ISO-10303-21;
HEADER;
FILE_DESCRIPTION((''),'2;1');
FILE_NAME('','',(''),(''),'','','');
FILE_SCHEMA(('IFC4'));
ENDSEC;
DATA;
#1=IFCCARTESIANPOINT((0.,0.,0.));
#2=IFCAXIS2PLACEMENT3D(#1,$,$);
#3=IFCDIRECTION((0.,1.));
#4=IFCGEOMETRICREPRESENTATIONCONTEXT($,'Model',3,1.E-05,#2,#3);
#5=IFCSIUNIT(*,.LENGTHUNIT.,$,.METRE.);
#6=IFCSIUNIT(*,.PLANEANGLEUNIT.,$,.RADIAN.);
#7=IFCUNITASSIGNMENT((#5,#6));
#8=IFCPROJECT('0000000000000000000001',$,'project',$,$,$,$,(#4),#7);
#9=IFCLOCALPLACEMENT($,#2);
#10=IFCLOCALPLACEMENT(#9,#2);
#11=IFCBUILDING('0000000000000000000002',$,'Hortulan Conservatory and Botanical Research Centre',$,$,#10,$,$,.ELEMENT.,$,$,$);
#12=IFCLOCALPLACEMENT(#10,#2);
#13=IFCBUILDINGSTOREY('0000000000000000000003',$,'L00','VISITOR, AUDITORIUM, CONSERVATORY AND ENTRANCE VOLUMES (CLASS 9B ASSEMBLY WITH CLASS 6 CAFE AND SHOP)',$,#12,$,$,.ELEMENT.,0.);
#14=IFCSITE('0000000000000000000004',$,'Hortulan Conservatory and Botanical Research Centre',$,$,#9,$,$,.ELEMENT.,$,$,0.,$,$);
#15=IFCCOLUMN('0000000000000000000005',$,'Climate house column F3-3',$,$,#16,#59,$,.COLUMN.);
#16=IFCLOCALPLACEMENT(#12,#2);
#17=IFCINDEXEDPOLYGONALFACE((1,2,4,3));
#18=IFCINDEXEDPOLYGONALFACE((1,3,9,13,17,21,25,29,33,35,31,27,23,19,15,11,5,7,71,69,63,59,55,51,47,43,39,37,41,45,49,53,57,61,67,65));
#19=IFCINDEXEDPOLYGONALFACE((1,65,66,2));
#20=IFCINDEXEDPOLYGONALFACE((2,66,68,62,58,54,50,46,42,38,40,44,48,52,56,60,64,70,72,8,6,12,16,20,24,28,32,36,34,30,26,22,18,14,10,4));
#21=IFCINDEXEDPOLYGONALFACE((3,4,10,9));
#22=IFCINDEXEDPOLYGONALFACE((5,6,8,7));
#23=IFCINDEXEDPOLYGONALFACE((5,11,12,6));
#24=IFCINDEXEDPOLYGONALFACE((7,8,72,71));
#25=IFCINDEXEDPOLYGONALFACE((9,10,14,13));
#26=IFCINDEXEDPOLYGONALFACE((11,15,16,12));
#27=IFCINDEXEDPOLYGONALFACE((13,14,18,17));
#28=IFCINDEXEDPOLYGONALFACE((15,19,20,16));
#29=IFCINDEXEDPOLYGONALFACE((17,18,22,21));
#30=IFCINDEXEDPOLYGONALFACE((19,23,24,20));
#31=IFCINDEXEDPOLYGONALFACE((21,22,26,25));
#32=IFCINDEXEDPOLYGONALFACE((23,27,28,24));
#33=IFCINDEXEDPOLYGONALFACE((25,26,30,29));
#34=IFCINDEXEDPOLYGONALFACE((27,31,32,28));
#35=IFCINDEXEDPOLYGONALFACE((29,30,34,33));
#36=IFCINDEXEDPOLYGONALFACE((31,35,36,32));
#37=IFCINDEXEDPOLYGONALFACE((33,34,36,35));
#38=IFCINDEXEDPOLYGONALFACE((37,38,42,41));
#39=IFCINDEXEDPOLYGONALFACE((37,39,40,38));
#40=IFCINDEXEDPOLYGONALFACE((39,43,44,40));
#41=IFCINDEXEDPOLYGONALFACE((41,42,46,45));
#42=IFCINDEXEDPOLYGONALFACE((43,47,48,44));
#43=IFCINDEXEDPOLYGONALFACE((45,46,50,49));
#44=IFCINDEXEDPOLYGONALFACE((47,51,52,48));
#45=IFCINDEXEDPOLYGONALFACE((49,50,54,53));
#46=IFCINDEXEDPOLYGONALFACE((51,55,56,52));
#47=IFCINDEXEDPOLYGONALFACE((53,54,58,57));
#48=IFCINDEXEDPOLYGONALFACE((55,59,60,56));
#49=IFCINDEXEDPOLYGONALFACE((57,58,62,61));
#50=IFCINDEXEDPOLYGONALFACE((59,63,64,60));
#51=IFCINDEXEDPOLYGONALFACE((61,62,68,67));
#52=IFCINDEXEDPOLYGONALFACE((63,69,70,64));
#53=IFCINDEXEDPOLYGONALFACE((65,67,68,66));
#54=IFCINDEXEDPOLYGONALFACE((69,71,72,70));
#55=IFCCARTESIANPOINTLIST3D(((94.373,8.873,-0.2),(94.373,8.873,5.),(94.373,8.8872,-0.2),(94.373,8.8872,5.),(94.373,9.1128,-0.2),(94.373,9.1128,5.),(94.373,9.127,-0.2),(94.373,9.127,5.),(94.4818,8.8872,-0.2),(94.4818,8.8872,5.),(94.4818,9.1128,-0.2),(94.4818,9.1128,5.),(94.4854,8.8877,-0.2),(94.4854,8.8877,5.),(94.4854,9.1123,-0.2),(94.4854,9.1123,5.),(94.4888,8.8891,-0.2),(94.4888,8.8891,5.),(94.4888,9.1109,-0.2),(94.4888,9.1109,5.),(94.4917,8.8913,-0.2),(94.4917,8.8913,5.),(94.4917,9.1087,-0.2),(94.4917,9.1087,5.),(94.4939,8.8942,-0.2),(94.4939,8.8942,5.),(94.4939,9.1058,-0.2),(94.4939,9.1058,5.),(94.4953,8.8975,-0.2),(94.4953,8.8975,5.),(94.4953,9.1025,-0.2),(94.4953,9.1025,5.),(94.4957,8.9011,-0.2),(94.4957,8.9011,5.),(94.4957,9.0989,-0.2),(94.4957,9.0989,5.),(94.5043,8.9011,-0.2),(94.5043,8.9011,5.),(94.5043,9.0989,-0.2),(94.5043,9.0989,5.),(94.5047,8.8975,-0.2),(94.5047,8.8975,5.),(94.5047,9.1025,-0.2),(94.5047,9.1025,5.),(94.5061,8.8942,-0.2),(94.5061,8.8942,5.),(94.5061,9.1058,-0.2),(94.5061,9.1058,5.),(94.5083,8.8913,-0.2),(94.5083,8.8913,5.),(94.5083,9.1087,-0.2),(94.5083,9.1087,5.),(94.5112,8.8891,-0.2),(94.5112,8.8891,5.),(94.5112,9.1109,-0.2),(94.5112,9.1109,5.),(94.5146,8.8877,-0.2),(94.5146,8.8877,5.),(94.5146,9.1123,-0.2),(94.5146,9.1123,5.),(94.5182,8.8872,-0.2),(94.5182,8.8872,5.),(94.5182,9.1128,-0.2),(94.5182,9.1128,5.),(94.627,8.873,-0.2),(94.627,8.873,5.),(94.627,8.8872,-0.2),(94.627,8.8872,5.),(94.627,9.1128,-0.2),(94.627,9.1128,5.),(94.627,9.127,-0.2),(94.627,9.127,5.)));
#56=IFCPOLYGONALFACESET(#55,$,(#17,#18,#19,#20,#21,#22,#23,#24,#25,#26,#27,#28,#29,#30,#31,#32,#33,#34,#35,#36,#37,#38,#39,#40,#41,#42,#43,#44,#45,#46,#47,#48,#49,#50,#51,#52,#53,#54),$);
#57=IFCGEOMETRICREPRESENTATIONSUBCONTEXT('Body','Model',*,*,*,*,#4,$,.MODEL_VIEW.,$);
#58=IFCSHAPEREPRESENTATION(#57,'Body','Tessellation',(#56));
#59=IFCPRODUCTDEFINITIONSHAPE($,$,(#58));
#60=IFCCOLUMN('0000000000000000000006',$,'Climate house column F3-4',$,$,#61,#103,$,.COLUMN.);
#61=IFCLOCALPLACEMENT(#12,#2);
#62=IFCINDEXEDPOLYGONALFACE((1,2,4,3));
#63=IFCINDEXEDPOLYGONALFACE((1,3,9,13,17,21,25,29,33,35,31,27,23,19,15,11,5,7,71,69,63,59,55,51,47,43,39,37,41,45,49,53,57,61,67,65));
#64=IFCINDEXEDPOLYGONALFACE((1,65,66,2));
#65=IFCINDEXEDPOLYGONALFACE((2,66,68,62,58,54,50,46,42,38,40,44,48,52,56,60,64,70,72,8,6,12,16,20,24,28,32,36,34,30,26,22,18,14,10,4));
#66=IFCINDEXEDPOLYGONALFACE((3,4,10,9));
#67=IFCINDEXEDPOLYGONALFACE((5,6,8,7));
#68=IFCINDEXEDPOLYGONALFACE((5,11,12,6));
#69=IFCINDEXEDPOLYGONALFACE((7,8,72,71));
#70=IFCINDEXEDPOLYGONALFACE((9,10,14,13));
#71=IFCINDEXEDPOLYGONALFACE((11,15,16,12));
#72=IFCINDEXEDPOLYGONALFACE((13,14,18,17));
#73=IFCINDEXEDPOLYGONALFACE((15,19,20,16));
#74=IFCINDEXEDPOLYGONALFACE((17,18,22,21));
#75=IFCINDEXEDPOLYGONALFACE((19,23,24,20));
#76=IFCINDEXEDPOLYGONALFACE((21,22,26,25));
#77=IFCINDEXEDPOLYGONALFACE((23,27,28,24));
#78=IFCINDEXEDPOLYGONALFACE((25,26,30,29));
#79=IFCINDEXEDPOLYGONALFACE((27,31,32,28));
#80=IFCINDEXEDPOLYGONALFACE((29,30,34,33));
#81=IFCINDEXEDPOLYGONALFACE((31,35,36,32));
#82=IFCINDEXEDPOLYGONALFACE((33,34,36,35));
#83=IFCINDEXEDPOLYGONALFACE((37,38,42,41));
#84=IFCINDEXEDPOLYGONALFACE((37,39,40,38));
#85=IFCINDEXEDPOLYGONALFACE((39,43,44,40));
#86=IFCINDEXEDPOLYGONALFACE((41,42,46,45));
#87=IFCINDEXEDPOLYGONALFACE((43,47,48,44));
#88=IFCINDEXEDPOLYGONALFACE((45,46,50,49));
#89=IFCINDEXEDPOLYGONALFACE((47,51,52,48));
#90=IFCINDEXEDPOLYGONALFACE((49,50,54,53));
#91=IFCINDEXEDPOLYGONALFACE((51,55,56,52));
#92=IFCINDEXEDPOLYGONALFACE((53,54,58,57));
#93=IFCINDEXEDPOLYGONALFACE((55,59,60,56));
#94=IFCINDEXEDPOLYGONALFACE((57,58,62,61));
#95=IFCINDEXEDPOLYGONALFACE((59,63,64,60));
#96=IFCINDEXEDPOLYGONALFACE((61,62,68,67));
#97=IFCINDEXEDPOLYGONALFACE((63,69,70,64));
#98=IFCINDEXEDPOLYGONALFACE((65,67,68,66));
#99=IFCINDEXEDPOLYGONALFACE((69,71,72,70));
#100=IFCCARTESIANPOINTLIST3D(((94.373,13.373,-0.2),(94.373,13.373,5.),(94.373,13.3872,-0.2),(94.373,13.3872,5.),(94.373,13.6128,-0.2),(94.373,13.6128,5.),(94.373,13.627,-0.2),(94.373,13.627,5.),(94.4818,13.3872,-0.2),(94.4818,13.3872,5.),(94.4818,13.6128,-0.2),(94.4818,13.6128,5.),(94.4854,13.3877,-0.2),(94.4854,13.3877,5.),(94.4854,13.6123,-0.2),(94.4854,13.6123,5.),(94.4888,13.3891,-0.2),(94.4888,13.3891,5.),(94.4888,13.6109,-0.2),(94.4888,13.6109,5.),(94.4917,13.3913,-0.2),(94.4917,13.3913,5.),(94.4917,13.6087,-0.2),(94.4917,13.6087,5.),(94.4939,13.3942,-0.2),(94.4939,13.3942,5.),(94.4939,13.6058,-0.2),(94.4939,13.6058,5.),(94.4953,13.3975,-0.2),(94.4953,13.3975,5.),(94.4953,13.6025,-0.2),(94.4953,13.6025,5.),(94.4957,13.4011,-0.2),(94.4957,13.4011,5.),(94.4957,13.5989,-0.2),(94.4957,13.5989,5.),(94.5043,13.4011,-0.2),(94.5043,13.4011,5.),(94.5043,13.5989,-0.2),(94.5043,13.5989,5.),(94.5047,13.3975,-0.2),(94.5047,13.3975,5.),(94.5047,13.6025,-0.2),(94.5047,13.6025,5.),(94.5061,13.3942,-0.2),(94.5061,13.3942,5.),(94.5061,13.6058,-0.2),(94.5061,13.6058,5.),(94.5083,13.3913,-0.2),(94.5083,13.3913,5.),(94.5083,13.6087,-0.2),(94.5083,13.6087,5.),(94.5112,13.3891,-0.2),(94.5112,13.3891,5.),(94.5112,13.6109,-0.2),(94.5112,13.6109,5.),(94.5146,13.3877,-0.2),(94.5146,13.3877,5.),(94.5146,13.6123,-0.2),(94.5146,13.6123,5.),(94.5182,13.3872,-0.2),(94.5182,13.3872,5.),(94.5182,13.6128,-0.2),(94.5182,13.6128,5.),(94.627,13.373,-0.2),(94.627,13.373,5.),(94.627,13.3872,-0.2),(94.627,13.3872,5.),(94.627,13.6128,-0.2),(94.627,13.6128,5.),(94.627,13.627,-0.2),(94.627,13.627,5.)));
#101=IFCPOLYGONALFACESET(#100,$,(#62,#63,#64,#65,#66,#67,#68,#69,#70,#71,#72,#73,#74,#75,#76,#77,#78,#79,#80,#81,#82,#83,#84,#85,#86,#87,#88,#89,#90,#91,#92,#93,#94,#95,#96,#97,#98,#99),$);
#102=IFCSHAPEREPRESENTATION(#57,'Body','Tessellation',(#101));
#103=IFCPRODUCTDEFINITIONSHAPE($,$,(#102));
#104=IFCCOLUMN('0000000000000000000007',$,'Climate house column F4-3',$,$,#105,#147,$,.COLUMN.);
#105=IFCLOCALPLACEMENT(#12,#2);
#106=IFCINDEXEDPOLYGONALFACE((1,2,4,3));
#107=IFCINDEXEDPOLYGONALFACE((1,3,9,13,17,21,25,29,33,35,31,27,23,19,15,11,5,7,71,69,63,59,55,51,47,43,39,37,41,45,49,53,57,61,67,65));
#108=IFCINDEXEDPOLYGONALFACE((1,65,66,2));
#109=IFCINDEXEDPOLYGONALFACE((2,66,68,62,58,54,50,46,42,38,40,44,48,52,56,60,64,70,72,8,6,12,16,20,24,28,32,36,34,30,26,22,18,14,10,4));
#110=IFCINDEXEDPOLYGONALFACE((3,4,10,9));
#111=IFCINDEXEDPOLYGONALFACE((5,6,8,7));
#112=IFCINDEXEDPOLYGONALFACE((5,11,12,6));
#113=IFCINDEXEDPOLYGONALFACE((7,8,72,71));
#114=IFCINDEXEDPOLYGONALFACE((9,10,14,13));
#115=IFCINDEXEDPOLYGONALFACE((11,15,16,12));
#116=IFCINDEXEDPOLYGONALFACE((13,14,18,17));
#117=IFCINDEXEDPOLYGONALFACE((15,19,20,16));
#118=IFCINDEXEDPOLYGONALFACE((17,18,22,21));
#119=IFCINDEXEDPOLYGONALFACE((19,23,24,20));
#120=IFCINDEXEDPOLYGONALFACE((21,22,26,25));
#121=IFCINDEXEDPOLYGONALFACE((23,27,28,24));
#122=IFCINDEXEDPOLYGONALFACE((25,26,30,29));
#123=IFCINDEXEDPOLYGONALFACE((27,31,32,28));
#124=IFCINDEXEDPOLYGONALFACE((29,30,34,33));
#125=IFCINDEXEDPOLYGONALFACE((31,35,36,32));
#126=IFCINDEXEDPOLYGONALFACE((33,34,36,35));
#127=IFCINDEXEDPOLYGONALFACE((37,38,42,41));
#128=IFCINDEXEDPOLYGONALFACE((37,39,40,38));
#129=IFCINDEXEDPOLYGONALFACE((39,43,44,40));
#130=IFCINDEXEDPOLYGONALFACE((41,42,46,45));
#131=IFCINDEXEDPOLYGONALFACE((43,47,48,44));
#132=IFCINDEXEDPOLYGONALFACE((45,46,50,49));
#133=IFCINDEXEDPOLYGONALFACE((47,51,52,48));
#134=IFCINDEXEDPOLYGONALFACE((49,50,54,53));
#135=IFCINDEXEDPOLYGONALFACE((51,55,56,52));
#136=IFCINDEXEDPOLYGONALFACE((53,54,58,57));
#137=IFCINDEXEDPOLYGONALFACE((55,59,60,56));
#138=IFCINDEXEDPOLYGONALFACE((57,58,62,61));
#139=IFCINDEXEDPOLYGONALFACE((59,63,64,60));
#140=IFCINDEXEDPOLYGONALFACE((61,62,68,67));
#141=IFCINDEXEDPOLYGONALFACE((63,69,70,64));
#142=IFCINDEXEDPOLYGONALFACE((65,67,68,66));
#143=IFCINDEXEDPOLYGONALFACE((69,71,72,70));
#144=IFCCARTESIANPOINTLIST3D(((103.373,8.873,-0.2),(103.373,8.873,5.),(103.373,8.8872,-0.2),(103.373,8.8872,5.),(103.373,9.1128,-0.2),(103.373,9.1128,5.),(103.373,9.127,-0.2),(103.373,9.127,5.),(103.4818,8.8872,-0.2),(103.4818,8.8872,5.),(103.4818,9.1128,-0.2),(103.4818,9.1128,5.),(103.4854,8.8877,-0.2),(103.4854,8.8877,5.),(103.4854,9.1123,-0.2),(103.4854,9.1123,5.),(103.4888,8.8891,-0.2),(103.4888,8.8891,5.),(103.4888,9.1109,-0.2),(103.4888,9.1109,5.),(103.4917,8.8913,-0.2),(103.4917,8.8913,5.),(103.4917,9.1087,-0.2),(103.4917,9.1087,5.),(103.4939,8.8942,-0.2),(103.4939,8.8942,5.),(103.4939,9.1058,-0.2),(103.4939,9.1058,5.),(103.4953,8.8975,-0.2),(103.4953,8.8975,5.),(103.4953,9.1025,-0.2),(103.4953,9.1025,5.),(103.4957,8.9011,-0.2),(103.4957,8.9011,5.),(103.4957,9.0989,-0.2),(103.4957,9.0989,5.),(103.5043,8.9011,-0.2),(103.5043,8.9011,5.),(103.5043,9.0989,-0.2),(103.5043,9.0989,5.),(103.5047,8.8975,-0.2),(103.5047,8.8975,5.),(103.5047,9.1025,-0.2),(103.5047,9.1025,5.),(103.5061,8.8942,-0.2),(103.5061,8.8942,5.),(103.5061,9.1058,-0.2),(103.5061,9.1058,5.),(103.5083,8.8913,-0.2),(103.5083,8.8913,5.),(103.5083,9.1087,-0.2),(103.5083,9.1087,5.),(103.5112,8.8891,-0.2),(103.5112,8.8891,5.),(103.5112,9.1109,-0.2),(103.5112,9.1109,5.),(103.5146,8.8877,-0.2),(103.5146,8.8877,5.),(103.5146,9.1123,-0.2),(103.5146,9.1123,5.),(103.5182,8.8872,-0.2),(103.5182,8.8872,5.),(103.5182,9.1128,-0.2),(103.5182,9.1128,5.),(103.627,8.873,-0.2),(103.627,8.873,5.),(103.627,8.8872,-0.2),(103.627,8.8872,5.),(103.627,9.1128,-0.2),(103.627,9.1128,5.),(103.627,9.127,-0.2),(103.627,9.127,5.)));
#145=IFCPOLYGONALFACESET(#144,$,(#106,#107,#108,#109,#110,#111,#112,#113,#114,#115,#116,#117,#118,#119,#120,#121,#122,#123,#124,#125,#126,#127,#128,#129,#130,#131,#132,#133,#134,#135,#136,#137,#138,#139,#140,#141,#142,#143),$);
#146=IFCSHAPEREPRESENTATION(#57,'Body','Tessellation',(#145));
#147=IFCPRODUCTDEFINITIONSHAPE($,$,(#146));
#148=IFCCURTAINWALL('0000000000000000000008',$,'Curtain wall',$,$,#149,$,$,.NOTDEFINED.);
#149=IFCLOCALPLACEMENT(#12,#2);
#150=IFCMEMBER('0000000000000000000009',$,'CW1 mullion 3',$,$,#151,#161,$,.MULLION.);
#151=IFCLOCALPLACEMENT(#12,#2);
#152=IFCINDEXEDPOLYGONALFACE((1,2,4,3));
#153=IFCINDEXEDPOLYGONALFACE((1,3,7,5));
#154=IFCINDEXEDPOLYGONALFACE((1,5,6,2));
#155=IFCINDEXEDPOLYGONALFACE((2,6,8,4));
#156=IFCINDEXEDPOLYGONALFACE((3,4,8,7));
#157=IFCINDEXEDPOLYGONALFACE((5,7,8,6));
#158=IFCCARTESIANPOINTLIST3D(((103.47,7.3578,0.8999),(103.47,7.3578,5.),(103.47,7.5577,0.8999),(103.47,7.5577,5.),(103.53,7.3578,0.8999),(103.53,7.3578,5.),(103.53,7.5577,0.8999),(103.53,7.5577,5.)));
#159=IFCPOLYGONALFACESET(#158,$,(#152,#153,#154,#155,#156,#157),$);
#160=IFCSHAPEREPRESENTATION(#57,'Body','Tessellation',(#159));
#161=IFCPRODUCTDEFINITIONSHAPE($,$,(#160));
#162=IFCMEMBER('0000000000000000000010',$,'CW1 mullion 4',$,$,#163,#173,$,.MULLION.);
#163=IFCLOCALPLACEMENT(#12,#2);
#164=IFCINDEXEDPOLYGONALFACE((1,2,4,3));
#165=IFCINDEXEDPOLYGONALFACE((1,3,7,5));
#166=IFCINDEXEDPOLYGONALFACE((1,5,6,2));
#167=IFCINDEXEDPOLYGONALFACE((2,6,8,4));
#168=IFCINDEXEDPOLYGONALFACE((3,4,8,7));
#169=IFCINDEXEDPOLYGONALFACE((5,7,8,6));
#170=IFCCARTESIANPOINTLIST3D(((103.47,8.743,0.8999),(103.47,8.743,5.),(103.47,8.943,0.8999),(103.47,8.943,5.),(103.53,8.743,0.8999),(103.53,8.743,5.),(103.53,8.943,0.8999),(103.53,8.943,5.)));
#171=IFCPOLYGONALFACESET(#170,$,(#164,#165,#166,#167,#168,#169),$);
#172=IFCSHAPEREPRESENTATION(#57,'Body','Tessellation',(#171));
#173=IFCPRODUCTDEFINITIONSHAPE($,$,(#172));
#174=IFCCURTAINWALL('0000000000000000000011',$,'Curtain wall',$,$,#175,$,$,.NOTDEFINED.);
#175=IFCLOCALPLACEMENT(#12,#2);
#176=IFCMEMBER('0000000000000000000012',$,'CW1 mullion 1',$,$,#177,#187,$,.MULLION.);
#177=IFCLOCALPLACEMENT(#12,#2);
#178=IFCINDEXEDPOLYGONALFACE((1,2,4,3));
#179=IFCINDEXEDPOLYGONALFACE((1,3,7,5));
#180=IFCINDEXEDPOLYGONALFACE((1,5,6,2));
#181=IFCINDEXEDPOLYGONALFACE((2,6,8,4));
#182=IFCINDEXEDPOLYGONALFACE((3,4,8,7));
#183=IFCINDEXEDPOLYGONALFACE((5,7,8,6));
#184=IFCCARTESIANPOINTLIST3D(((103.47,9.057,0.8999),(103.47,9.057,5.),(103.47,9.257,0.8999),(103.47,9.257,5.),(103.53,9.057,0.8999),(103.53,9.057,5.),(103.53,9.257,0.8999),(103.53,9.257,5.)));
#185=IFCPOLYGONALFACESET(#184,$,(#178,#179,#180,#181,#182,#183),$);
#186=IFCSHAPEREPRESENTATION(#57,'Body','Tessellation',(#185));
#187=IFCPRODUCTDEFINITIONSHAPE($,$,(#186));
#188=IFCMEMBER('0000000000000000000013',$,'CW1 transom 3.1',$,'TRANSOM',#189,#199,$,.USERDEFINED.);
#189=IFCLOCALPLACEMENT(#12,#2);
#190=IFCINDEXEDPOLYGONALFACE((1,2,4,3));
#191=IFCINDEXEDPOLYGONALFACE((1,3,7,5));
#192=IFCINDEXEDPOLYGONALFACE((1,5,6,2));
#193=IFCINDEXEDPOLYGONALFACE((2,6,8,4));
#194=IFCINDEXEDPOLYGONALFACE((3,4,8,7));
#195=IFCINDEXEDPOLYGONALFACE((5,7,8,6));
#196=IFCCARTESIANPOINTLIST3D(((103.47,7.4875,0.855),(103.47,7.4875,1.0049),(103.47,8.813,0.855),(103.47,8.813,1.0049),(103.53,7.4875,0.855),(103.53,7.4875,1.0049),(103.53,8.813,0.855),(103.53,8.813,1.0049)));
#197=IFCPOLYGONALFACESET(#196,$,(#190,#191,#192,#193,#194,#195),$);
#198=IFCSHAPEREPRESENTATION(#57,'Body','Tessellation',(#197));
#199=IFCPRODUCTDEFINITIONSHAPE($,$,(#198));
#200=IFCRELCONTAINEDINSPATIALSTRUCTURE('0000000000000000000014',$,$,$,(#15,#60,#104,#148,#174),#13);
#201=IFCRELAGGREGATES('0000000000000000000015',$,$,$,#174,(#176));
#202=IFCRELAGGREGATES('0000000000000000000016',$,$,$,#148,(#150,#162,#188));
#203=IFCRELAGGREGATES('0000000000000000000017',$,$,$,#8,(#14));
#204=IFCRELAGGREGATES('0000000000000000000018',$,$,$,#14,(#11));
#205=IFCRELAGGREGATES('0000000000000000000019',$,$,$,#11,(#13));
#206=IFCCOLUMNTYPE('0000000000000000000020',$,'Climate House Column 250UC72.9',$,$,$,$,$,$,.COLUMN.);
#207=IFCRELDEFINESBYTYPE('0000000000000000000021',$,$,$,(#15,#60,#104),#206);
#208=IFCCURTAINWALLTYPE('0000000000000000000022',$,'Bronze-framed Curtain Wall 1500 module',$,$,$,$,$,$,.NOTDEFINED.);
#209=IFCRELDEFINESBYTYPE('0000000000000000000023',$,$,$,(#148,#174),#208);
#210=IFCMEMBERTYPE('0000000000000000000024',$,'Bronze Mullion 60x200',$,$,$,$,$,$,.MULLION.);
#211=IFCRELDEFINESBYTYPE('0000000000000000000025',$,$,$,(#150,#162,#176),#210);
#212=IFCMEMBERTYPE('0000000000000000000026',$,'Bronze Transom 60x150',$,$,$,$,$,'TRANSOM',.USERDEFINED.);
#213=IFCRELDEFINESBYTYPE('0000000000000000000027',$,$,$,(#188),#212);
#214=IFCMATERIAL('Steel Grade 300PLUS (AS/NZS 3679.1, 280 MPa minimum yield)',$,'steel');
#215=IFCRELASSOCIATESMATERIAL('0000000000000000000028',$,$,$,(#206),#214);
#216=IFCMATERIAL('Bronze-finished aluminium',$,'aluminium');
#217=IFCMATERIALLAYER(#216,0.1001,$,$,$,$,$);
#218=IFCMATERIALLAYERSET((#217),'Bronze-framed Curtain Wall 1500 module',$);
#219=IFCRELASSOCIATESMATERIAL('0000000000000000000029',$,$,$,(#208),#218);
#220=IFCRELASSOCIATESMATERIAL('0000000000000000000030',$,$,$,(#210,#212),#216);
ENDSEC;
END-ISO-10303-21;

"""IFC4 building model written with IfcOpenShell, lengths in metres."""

from ifc_helpers import new_model, si_unit, direction, frame, origin, origin_2d, place, context, subcontext, project, spatial, rectangle, i_section, extrude, material, layer, layer_set, material_profile, profile_set, type_object, element, aggregate, save


model = new_model("IFC4")

# Units and contexts
model_context = context("Model", 3, precision=1e-05, world=origin(), true_north=direction((0.0, 1.0)))
body_context = subcontext(model_context, "Body", "Model", "MODEL_VIEW")
ifc_project = project(units=[si_unit("LENGTHUNIT", "METRE"), si_unit("PLANEANGLEUNIT", "RADIAN")], contexts=[model_context])

# Site, building, storey
site_placement = place(None, origin())
site = spatial("IfcSite", under=ifc_project, at=site_placement, Name="Hortulan Conservatory and Botanical Research Centre", CompositionType="ELEMENT", RefElevation=0.0)
building_placement = place(site_placement, origin())
building = spatial("IfcBuilding", under=site, at=building_placement, Name="Hortulan Conservatory and Botanical Research Centre", CompositionType="ELEMENT")
storey_placement = place(building_placement, origin())
storey = spatial("IfcBuildingStorey", under=building, at=storey_placement, Name="L00", Description="VISITOR, AUDITORIUM, CONSERVATORY AND ENTRANCE VOLUMES (CLASS 9B ASSEMBLY WITH CLASS 6 CAFE AND SHOP)", CompositionType="ELEMENT", Elevation=0.0)

# Columns
ifc_material_1 = material(Name="Steel Grade 300PLUS (AS/NZS 3679.1, 280 MPa minimum yield)", Category="steel")
ifc_material_profile_1 = material_profile(ifc_material_1, i_section(OverallWidth=0.2539, OverallDepth=0.2539, WebThickness=0.0085, FlangeThickness=0.0142, FilletRadius=0.0139, at=origin_2d()), Name="250UC72.9")
ifc_profile_set_1 = profile_set([ifc_material_profile_1], Name="Steel Grade 300PLUS (AS/NZS 3679.1, 280 MPa minimum yield)")
column_type = type_object("IfcColumnType", Name="Climate House Column 250UC72.9", PredefinedType="COLUMN", material=ifc_profile_set_1)
for number, where, z_axis, x_axis, name in (
    (1, (94.5, 9.0, -0.2), (0.0, 0.0, 1.0), (1.0, 0.0, 0.0), "Climate house column F3-3"),
    (2, (94.5, 13.5, -0.2), (0.0, 0.0, 1.0), (1.0, 0.0, 0.0), "Climate house column F3-4"),
    (3, (103.5, 9.0, -0.2), (0.0, 0.0, 1.0), (1.0, 0.0, 0.0), "Climate house column F4-3"),
):
    element("IfcColumn", number, at=place(storey_placement, frame(where, z_axis=z_axis, x_axis=x_axis)), inside=storey, type_object=column_type, Name=name, PredefinedType="COLUMN", context=body_context, shape_type="SweptSolid", body=[
        extrude(i_section(OverallWidth=0.2539, OverallDepth=0.2539, WebThickness=0.0085, FlangeThickness=0.0142, FilletRadius=0.0139, at=origin_2d()), origin(), (0.0, 0.0, 1.0), 5.2),
    ])

# Curtain wall, members
ifc_material_2 = material(Name="Bronze-finished aluminium", Category="aluminium")
ifc_layer_1 = layer(ifc_material_2, 0.1001)
ifc_layer_set_1 = layer_set([ifc_layer_1], Name="Bronze-framed Curtain Wall 1500 module")
curtain_wall_type = type_object("IfcCurtainWallType", Name="Bronze-framed Curtain Wall 1500 module", PredefinedType="NOTDEFINED", material=ifc_layer_set_1)
curtain_wall_1_placement = place(storey_placement, origin())
curtain_wall_1 = element("IfcCurtainWall", 4, at=curtain_wall_1_placement, inside=storey, type_object=curtain_wall_type, Name="Curtain wall", PredefinedType="NOTDEFINED")
ifc_material_profile_2 = material_profile(ifc_material_2, rectangle(XDim=0.0601, YDim=0.2, at=origin_2d()), Name="Bronze Mullion 60x200")
ifc_profile_set_2 = profile_set([ifc_material_profile_2], Name="Bronze-finished aluminium")
member_type_1 = type_object("IfcMemberType", Name="Bronze Mullion 60x200", PredefinedType="MULLION", material=ifc_profile_set_2)
member_1_placement = place(storey_placement, frame((103.5, 7.4578, 0.8999), z_axis=(0.0, 0.0, 1.0), x_axis=(-1.0, 0.0, 0.0)))
member_1 = element("IfcMember", 5, at=member_1_placement, type_object=member_type_1, Name="CW1 mullion 3", PredefinedType="MULLION", context=body_context, shape_type="SweptSolid", body=[
    extrude(rectangle(XDim=0.0601, YDim=0.2, at=origin_2d()), origin(), (0.0, 0.0, 1.0), 4.1001),
])
member_2_placement = place(storey_placement, frame((103.5, 8.843, 0.8999), z_axis=(0.0, 0.0, 1.0), x_axis=(-1.0, 0.0, 0.0)))
member_2 = element("IfcMember", 6, at=member_2_placement, type_object=member_type_1, Name="CW1 mullion 4", PredefinedType="MULLION", context=body_context, shape_type="SweptSolid", body=[
    extrude(rectangle(XDim=0.0601, YDim=0.2, at=origin_2d()), origin(), (0.0, 0.0, 1.0), 4.1001),
])

# Curtain wall, member
curtain_wall_2_placement = place(storey_placement, origin())
curtain_wall_2 = element("IfcCurtainWall", 7, at=curtain_wall_2_placement, inside=storey, type_object=curtain_wall_type, Name="Curtain wall", PredefinedType="NOTDEFINED")
member_3_placement = place(storey_placement, frame((103.5, 9.157, 0.8999), z_axis=(0.0, 0.0, 1.0), x_axis=(-1.0, 0.0, 0.0)))
member_3 = element("IfcMember", 8, at=member_3_placement, type_object=member_type_1, Name="CW1 mullion 1", PredefinedType="MULLION", context=body_context, shape_type="SweptSolid", body=[
    extrude(rectangle(XDim=0.0601, YDim=0.2, at=origin_2d()), origin(), (0.0, 0.0, 1.0), 4.1001),
])

# Member
ifc_material_profile_3 = material_profile(ifc_material_2, rectangle(XDim=0.0601, YDim=0.1499, at=origin_2d()), Name="Bronze Transom 60x150")
ifc_profile_set_3 = profile_set([ifc_material_profile_3], Name="Bronze-finished aluminium")
member_type_2 = type_object("IfcMemberType", Name="Bronze Transom 60x150", ElementType="TRANSOM", PredefinedType="USERDEFINED", material=ifc_profile_set_3)
member_4_placement = place(storey_placement, frame((103.5, 7.4875, 0.9299), z_axis=(0.0, 1.0, 0.0), x_axis=(-1.0, 0.0, 0.0)))
member_4 = element("IfcMember", 9, at=member_4_placement, type_object=member_type_2, Name="CW1 transom 3.1", ObjectType="TRANSOM", PredefinedType="USERDEFINED", context=body_context, shape_type="SweptSolid", body=[
    extrude(rectangle(XDim=0.0601, YDim=0.1499, at=origin_2d()), origin(), (0.0, 0.0, 1.0), 1.3254),
])
aggregate(curtain_wall_2, [member_3])

aggregate(curtain_wall_1, [member_1, member_2, member_4])

save(model, "model.ifc")
